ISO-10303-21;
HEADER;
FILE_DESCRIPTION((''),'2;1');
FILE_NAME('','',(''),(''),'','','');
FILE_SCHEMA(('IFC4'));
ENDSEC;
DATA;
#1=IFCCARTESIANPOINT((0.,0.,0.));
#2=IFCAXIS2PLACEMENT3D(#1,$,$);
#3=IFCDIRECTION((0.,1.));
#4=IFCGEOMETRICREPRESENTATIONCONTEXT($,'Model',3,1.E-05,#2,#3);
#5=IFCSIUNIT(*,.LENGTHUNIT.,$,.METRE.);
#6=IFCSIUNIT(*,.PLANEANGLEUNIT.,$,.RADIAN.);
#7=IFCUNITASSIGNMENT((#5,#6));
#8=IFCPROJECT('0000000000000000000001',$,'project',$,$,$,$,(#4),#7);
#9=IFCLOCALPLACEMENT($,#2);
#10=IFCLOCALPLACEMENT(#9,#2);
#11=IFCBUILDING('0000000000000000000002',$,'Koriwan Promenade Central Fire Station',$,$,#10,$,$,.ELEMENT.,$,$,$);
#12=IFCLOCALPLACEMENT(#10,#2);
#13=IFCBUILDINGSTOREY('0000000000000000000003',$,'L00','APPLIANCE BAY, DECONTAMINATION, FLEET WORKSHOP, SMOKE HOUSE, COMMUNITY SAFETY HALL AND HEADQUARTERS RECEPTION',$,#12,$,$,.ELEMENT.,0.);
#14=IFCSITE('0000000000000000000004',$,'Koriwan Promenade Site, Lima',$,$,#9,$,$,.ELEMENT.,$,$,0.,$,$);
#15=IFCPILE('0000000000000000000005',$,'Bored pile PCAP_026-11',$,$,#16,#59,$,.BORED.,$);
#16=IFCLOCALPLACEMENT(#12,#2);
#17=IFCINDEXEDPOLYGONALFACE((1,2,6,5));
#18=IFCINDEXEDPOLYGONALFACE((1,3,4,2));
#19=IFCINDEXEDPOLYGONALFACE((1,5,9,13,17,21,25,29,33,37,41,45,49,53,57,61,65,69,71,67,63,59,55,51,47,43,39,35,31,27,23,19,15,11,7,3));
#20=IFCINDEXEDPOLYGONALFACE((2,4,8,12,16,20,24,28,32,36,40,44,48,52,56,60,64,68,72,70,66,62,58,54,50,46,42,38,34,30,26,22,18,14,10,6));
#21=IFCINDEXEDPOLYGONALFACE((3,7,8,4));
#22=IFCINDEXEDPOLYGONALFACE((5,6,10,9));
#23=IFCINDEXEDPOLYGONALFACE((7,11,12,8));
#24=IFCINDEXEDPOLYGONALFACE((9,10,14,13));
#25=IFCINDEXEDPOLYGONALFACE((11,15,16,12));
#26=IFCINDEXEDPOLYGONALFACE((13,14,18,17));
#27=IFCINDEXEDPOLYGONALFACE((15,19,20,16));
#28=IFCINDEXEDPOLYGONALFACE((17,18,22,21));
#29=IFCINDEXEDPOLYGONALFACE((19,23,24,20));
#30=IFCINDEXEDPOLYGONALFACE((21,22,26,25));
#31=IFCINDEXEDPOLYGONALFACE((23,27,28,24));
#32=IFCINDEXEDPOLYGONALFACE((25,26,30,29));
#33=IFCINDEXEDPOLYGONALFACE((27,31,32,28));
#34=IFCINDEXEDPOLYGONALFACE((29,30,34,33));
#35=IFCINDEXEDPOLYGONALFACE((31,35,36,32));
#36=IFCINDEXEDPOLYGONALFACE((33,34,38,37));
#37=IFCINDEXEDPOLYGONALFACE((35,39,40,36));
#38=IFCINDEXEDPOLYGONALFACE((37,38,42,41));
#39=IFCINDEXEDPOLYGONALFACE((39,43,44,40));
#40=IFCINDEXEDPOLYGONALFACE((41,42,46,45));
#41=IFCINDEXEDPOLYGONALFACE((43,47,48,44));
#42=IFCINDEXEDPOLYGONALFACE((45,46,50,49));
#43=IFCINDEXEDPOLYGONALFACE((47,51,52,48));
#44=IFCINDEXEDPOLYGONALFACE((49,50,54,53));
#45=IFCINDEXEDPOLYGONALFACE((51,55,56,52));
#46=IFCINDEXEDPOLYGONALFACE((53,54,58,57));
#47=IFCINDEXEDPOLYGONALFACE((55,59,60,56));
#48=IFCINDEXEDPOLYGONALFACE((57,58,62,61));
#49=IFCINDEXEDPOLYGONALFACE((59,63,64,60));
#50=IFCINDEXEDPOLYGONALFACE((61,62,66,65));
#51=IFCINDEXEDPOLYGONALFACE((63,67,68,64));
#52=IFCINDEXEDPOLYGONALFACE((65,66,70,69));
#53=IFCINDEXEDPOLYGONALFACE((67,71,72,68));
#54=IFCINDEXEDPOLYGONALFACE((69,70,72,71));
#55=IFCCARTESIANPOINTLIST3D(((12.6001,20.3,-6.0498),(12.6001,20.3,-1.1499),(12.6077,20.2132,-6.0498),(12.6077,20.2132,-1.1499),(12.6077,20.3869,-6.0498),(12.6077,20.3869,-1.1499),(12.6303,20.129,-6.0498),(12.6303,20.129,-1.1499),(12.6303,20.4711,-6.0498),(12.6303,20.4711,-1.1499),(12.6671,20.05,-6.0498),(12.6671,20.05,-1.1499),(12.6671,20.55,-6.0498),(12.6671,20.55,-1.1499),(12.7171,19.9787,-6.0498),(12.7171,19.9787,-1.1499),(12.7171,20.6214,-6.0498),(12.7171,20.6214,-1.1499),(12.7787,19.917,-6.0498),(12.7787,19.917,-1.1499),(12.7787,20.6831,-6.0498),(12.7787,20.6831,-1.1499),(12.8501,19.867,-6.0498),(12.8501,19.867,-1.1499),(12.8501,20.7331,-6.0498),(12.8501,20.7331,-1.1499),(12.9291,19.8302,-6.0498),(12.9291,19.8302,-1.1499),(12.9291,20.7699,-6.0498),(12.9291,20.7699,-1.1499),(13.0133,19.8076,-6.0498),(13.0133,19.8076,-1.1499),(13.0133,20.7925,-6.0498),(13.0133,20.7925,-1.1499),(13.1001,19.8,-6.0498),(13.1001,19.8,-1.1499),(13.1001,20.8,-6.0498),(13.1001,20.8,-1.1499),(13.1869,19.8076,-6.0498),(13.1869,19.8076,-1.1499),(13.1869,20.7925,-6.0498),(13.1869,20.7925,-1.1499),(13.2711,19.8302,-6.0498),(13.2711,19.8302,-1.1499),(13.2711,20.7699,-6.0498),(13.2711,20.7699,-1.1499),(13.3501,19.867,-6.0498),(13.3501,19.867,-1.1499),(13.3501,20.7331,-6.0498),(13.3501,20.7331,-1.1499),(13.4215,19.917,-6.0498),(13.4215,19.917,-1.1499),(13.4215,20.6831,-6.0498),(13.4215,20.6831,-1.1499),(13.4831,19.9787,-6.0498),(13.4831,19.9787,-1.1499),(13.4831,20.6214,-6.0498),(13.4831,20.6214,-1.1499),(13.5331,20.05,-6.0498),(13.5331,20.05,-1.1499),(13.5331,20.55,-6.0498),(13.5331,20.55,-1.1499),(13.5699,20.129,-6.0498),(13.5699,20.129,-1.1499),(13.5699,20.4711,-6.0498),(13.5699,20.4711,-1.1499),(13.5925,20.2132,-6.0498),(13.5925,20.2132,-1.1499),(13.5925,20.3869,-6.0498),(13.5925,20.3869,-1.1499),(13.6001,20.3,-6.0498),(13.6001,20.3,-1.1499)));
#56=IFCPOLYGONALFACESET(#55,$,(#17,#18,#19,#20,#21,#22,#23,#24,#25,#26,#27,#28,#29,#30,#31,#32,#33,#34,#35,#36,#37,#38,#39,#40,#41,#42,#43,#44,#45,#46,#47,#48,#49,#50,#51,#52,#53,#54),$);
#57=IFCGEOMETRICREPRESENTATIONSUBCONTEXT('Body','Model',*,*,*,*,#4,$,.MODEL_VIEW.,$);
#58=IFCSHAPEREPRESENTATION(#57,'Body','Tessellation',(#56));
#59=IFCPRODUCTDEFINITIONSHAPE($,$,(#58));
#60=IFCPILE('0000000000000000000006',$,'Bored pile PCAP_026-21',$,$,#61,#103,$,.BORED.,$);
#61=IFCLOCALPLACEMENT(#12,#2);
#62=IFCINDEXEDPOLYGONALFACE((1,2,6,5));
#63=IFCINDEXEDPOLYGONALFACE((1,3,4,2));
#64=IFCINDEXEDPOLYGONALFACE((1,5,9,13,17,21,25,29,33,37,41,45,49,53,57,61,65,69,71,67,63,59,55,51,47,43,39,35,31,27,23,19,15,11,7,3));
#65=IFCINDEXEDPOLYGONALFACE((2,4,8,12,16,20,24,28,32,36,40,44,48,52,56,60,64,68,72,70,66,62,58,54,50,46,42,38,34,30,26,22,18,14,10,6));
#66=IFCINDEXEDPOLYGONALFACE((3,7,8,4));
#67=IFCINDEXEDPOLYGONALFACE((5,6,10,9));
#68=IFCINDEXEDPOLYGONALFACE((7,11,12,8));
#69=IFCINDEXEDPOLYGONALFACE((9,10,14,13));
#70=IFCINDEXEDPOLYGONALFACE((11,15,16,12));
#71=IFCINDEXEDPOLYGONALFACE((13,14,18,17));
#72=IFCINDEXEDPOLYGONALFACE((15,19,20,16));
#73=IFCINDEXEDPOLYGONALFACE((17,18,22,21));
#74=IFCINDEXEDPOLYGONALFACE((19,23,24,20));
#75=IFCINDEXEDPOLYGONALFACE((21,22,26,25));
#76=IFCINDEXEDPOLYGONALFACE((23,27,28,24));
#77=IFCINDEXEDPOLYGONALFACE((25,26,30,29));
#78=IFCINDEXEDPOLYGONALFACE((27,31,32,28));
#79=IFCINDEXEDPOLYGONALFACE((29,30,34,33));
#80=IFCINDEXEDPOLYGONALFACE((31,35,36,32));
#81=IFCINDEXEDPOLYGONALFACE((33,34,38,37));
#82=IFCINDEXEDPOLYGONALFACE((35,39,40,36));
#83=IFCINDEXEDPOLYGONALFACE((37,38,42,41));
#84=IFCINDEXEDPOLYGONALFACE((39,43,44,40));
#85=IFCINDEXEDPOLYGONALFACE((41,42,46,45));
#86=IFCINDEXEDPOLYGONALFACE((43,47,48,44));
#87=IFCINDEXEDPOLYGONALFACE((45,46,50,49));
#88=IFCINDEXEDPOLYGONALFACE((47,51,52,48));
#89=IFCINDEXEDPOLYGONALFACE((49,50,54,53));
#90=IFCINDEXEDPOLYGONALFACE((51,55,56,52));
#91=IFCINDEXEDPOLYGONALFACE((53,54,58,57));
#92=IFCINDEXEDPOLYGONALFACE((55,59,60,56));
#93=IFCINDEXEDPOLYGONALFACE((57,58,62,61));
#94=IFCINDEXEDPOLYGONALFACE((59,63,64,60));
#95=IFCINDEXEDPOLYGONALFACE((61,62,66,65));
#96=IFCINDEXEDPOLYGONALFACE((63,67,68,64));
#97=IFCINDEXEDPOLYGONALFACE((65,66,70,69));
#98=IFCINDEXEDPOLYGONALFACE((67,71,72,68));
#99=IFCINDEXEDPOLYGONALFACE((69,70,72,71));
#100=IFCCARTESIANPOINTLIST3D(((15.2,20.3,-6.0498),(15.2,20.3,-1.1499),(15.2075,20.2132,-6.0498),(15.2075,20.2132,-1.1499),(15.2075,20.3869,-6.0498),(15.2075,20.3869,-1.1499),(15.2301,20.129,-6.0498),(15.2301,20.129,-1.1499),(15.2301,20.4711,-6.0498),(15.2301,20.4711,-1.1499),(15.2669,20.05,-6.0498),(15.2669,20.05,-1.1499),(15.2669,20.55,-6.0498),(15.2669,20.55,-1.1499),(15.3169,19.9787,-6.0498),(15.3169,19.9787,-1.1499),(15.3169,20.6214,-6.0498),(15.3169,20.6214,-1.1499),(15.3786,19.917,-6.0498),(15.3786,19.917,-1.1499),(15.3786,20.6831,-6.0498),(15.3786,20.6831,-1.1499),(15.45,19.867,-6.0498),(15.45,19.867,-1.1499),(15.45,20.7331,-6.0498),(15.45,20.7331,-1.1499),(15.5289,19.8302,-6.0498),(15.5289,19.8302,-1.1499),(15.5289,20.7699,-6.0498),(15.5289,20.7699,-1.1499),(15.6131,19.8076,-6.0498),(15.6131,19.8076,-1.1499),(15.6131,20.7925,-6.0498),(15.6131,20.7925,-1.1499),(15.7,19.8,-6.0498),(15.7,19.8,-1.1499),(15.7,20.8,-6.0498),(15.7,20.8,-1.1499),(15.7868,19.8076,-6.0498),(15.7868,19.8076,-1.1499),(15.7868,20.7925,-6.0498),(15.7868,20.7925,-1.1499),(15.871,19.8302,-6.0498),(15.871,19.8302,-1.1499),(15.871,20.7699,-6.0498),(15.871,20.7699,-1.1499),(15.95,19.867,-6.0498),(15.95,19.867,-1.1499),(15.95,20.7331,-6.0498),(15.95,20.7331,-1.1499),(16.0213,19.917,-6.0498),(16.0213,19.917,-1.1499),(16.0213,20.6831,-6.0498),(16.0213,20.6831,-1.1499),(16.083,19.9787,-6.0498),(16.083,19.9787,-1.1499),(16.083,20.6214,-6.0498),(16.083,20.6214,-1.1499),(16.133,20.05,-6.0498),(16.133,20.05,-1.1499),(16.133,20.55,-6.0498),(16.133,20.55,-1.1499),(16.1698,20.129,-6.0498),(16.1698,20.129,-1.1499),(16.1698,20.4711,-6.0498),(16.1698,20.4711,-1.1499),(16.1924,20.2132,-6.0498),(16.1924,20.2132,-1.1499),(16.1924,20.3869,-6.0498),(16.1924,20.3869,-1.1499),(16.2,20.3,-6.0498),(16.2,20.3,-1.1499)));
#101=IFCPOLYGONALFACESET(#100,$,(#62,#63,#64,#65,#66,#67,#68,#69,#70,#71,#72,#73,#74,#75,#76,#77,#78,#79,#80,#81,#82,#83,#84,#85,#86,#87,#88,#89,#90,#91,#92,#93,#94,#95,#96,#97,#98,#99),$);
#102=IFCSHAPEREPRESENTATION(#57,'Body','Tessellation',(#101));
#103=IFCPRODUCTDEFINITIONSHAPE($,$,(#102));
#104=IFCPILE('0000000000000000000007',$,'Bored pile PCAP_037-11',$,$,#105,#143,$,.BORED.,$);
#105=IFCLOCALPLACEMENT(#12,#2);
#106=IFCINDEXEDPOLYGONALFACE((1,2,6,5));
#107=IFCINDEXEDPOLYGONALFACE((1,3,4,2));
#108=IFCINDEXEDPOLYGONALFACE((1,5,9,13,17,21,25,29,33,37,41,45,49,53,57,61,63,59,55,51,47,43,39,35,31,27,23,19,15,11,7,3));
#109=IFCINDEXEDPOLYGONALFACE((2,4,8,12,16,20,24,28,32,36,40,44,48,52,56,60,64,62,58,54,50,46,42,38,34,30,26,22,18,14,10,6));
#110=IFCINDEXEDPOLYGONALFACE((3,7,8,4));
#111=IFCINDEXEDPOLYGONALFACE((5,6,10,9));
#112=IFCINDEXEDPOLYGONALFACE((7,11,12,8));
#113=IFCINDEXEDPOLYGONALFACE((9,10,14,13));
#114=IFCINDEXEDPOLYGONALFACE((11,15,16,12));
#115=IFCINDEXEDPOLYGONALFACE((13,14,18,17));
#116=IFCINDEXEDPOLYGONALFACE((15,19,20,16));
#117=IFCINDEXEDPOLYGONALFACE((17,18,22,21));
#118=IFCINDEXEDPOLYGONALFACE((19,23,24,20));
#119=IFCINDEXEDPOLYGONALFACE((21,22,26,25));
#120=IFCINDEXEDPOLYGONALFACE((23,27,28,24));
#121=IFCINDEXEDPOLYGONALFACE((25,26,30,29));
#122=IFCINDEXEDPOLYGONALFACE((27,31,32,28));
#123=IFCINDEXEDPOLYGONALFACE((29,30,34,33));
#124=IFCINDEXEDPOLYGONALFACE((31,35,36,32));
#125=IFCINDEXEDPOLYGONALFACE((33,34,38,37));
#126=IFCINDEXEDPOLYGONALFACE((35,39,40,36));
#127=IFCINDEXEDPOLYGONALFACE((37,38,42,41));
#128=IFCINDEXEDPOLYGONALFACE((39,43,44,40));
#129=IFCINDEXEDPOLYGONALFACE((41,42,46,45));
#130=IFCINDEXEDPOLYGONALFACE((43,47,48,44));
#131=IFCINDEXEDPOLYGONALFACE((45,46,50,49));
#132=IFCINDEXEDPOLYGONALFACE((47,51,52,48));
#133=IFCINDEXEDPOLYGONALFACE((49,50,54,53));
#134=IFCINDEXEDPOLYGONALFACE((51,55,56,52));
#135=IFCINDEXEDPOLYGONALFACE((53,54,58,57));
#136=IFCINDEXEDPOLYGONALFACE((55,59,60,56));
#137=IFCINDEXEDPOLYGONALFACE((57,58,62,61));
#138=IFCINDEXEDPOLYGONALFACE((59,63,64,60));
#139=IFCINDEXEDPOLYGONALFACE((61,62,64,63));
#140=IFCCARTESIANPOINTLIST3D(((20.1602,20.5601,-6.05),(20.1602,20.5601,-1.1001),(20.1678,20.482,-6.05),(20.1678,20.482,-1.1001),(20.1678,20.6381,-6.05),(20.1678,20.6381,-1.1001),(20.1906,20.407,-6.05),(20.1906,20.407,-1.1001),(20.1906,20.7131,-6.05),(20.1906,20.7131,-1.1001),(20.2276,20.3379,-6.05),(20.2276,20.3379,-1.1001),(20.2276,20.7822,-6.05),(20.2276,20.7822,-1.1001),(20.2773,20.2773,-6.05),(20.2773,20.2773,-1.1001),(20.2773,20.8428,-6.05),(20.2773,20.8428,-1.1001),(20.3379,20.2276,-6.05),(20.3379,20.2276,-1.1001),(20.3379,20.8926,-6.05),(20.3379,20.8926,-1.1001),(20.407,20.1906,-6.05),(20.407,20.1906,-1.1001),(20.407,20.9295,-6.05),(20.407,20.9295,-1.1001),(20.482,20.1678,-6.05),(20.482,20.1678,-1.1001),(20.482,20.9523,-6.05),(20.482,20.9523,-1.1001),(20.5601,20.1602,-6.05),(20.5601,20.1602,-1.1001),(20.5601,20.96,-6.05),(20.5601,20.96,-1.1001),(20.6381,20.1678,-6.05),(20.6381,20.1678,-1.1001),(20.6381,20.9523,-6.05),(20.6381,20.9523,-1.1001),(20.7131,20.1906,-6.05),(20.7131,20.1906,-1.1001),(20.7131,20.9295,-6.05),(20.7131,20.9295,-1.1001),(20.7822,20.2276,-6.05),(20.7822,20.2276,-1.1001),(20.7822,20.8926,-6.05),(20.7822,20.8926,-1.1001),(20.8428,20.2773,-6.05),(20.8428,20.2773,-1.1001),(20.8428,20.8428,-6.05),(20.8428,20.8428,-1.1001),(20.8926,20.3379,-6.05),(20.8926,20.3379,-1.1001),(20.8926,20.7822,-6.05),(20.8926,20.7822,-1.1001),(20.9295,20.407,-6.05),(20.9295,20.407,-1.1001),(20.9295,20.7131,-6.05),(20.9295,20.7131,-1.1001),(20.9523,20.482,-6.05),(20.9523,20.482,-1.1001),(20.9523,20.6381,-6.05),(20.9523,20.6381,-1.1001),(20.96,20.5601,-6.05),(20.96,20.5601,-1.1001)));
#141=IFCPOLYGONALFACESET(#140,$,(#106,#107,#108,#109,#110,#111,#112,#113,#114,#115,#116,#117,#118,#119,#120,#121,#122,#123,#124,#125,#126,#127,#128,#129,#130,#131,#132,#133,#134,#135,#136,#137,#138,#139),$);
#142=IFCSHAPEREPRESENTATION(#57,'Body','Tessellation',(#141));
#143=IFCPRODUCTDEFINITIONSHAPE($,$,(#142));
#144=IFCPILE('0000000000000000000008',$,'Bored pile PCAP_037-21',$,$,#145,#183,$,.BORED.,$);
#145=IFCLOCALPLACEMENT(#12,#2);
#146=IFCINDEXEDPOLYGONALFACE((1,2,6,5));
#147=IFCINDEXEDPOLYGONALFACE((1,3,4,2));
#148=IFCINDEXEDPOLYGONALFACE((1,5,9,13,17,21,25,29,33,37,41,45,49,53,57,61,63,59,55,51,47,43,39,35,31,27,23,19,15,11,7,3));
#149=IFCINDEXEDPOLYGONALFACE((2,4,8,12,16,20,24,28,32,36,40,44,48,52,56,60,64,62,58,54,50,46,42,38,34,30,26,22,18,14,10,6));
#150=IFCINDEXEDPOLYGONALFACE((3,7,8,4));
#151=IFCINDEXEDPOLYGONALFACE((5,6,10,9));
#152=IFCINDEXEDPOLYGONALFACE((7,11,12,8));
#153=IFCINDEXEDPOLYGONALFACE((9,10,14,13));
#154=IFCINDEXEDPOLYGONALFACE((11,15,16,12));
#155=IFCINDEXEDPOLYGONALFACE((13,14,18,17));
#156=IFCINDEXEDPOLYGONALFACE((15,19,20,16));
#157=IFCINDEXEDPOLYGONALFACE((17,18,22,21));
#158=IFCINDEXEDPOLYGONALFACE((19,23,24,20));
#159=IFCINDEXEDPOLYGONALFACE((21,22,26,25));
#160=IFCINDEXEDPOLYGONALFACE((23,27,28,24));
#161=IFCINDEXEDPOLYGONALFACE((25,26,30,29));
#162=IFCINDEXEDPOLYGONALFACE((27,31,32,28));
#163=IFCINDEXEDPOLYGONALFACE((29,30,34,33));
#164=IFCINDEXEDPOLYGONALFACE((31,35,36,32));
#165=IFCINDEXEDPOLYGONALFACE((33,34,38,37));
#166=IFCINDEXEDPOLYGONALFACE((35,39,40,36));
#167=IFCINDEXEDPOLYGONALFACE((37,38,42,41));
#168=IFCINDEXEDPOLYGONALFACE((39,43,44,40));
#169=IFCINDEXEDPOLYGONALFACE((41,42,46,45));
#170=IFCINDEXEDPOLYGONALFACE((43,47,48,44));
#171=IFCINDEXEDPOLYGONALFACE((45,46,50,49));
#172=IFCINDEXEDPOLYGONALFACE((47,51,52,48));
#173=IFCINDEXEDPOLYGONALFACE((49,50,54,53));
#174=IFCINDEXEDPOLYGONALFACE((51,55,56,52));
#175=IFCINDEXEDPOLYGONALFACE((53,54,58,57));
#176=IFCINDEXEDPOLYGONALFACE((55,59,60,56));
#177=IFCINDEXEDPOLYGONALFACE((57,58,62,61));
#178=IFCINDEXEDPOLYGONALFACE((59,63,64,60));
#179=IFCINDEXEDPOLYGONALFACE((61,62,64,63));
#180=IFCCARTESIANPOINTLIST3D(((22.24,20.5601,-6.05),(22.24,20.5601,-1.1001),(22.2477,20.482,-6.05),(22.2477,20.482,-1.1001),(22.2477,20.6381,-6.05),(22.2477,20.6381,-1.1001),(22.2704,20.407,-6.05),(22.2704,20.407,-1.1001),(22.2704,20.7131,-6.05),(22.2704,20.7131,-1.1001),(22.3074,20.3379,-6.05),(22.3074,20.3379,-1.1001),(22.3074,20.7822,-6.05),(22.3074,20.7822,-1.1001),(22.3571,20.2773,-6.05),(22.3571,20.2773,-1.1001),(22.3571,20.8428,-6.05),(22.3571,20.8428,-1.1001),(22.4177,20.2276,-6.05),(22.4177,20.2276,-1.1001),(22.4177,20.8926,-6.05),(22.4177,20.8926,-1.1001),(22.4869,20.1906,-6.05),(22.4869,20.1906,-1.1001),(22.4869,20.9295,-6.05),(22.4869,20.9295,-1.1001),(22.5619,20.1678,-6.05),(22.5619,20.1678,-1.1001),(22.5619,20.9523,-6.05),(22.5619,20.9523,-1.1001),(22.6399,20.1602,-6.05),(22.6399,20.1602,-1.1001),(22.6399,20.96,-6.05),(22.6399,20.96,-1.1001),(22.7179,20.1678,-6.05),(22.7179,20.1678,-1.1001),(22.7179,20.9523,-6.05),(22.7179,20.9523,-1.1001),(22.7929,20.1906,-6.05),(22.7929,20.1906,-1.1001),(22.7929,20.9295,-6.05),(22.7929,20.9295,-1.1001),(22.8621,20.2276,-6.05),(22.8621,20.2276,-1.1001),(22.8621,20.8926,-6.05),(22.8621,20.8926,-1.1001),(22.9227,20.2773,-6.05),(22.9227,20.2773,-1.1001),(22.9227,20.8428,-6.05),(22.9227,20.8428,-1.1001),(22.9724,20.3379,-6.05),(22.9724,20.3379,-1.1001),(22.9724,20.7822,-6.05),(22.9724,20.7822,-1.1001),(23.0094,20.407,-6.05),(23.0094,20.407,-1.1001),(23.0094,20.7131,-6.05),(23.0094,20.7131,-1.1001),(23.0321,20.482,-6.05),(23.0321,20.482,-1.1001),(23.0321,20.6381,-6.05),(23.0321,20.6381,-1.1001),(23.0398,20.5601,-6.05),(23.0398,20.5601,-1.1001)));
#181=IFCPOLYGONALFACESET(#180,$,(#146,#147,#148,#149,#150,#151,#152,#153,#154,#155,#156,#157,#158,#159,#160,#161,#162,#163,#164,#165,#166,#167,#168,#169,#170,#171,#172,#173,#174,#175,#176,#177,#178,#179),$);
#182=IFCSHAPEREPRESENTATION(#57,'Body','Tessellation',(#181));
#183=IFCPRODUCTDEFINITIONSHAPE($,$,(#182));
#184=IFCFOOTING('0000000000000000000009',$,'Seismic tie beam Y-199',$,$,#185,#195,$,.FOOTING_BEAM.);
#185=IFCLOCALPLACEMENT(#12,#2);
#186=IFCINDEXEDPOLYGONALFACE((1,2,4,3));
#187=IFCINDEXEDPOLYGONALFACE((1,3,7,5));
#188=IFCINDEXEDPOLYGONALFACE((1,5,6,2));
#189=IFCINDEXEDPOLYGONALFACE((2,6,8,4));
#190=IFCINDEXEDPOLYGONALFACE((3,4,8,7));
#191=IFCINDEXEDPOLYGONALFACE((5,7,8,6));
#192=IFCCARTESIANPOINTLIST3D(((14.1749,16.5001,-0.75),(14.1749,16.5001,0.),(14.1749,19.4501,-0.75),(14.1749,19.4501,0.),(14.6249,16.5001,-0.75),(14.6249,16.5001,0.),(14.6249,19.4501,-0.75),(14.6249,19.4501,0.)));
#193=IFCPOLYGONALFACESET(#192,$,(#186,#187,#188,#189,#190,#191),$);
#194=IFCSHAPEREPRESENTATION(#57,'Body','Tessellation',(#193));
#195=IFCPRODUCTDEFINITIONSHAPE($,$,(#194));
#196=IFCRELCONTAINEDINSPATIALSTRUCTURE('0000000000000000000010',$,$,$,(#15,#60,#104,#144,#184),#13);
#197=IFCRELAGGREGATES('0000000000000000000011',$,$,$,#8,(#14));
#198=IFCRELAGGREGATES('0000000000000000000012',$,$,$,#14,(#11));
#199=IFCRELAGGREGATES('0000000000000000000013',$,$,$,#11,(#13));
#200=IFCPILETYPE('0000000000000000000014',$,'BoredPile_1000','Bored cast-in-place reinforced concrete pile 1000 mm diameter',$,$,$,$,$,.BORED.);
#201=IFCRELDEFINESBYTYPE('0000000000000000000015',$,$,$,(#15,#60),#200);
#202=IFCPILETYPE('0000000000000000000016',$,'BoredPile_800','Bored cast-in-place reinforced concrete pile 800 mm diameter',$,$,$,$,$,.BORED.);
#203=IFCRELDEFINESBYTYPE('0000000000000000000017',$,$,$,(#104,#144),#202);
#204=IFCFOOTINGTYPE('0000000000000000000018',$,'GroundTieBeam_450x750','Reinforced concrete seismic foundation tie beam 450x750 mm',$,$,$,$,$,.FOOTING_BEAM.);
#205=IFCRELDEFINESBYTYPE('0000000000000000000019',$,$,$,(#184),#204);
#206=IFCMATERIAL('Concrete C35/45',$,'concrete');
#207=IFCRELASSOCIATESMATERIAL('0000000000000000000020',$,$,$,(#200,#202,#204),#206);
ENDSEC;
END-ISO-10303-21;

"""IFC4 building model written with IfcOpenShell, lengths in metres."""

from ifc_helpers import new_model, si_unit, direction, frame, origin, origin_2d, place, context, subcontext, project, spatial, rectangle, circle, extrude, material, material_profile, profile_set, type_object, element, save


model = new_model("IFC4")

# Units and contexts
model_context = context("Model", 3, precision=1e-05, world=origin(), true_north=direction((0.0, 1.0)))
body_context = subcontext(model_context, "Body", "Model", "MODEL_VIEW")
ifc_project = project(units=[si_unit("LENGTHUNIT", "METRE"), si_unit("PLANEANGLEUNIT", "RADIAN")], contexts=[model_context])

# Site, building, storey
site_placement = place(None, origin())
site = spatial("IfcSite", under=ifc_project, at=site_placement, Name="Koriwan Promenade Site, Lima", CompositionType="ELEMENT", RefElevation=0.0)
building_placement = place(site_placement, origin())
building = spatial("IfcBuilding", under=site, at=building_placement, Name="Koriwan Promenade Central Fire Station", CompositionType="ELEMENT")
storey_placement = place(building_placement, origin())
storey = spatial("IfcBuildingStorey", under=building, at=storey_placement, Name="L00", Description="APPLIANCE BAY, DECONTAMINATION, FLEET WORKSHOP, SMOKE HOUSE, COMMUNITY SAFETY HALL AND HEADQUARTERS RECEPTION", CompositionType="ELEMENT", Elevation=0.0)

# Piles
ifc_material_1 = material(Name="Concrete C35/45", Category="concrete")
ifc_material_profile_1 = material_profile(ifc_material_1, circle(Radius=0.5, at=origin_2d()), Name="PILE-D1000")
ifc_profile_set_1 = profile_set([ifc_material_profile_1], Name="Concrete C35/45")
pile_type_1 = type_object("IfcPileType", Name="BoredPile_1000", Description="Bored cast-in-place reinforced concrete pile 1000 mm diameter", PredefinedType="BORED", material=ifc_profile_set_1)
for number, where, z_axis, x_axis, name in (
    (1, (13.1001, 20.3, -1.1499), (0.0, 0.0, -1.0), (1.0, 0.0, 0.0), "Bored pile PCAP_026-11"),
    (2, (15.7, 20.3, -1.1499), (0.0, 0.0, -1.0), (1.0, 0.0, 0.0), "Bored pile PCAP_026-21"),
):
    element("IfcPile", number, at=place(storey_placement, frame(where, z_axis=z_axis, x_axis=x_axis)), inside=storey, type_object=pile_type_1, Name=name, PredefinedType="BORED", context=body_context, shape_type="SweptSolid", body=[
        extrude(circle(Radius=0.5, at=origin_2d()), origin(), (0.0, 0.0, 1.0), 4.8999),
    ])
ifc_material_profile_2 = material_profile(ifc_material_1, circle(Radius=0.3999, at=origin_2d()), Name="PILE-D800")
ifc_profile_set_2 = profile_set([ifc_material_profile_2], Name="Concrete C35/45")
pile_type_2 = type_object("IfcPileType", Name="BoredPile_800", Description="Bored cast-in-place reinforced concrete pile 800 mm diameter", PredefinedType="BORED", material=ifc_profile_set_2)
for number, where, z_axis, x_axis, name in (
    (3, (20.5601, 20.5601, -1.1001), (0.0, 0.0, -1.0), (1.0, 0.0, 0.0), "Bored pile PCAP_037-11"),
    (4, (22.6399, 20.5601, -1.1001), (0.0, 0.0, -1.0), (1.0, 0.0, 0.0), "Bored pile PCAP_037-21"),
):
    element("IfcPile", number, at=place(storey_placement, frame(where, z_axis=z_axis, x_axis=x_axis)), inside=storey, type_object=pile_type_2, Name=name, PredefinedType="BORED", context=body_context, shape_type="SweptSolid", body=[
        extrude(circle(Radius=0.3999, at=origin_2d()), origin(), (0.0, 0.0, 1.0), 4.95),
    ])

# Footing
footing_type_1 = type_object("IfcFootingType", Name="GroundTieBeam_450x750", Description="Reinforced concrete seismic foundation tie beam 450x750 mm", PredefinedType="FOOTING_BEAM", material=ifc_material_1)
footing_1_placement = place(storey_placement, frame((14.3999, 17.9751, -0.75), z_axis=(0.0, 0.0, 1.0), x_axis=(0.0, 1.0, 0.0)))
element("IfcFooting", 5, at=footing_1_placement, inside=storey, type_object=footing_type_1, Name="Seismic tie beam Y-199", PredefinedType="FOOTING_BEAM", context=body_context, shape_type="SweptSolid", body=[
    extrude(rectangle(XDim=2.95, YDim=0.45, at=origin_2d()), origin(), (0.0, 0.0, 1.0), 0.75),
])

save(model, "model.ifc")
